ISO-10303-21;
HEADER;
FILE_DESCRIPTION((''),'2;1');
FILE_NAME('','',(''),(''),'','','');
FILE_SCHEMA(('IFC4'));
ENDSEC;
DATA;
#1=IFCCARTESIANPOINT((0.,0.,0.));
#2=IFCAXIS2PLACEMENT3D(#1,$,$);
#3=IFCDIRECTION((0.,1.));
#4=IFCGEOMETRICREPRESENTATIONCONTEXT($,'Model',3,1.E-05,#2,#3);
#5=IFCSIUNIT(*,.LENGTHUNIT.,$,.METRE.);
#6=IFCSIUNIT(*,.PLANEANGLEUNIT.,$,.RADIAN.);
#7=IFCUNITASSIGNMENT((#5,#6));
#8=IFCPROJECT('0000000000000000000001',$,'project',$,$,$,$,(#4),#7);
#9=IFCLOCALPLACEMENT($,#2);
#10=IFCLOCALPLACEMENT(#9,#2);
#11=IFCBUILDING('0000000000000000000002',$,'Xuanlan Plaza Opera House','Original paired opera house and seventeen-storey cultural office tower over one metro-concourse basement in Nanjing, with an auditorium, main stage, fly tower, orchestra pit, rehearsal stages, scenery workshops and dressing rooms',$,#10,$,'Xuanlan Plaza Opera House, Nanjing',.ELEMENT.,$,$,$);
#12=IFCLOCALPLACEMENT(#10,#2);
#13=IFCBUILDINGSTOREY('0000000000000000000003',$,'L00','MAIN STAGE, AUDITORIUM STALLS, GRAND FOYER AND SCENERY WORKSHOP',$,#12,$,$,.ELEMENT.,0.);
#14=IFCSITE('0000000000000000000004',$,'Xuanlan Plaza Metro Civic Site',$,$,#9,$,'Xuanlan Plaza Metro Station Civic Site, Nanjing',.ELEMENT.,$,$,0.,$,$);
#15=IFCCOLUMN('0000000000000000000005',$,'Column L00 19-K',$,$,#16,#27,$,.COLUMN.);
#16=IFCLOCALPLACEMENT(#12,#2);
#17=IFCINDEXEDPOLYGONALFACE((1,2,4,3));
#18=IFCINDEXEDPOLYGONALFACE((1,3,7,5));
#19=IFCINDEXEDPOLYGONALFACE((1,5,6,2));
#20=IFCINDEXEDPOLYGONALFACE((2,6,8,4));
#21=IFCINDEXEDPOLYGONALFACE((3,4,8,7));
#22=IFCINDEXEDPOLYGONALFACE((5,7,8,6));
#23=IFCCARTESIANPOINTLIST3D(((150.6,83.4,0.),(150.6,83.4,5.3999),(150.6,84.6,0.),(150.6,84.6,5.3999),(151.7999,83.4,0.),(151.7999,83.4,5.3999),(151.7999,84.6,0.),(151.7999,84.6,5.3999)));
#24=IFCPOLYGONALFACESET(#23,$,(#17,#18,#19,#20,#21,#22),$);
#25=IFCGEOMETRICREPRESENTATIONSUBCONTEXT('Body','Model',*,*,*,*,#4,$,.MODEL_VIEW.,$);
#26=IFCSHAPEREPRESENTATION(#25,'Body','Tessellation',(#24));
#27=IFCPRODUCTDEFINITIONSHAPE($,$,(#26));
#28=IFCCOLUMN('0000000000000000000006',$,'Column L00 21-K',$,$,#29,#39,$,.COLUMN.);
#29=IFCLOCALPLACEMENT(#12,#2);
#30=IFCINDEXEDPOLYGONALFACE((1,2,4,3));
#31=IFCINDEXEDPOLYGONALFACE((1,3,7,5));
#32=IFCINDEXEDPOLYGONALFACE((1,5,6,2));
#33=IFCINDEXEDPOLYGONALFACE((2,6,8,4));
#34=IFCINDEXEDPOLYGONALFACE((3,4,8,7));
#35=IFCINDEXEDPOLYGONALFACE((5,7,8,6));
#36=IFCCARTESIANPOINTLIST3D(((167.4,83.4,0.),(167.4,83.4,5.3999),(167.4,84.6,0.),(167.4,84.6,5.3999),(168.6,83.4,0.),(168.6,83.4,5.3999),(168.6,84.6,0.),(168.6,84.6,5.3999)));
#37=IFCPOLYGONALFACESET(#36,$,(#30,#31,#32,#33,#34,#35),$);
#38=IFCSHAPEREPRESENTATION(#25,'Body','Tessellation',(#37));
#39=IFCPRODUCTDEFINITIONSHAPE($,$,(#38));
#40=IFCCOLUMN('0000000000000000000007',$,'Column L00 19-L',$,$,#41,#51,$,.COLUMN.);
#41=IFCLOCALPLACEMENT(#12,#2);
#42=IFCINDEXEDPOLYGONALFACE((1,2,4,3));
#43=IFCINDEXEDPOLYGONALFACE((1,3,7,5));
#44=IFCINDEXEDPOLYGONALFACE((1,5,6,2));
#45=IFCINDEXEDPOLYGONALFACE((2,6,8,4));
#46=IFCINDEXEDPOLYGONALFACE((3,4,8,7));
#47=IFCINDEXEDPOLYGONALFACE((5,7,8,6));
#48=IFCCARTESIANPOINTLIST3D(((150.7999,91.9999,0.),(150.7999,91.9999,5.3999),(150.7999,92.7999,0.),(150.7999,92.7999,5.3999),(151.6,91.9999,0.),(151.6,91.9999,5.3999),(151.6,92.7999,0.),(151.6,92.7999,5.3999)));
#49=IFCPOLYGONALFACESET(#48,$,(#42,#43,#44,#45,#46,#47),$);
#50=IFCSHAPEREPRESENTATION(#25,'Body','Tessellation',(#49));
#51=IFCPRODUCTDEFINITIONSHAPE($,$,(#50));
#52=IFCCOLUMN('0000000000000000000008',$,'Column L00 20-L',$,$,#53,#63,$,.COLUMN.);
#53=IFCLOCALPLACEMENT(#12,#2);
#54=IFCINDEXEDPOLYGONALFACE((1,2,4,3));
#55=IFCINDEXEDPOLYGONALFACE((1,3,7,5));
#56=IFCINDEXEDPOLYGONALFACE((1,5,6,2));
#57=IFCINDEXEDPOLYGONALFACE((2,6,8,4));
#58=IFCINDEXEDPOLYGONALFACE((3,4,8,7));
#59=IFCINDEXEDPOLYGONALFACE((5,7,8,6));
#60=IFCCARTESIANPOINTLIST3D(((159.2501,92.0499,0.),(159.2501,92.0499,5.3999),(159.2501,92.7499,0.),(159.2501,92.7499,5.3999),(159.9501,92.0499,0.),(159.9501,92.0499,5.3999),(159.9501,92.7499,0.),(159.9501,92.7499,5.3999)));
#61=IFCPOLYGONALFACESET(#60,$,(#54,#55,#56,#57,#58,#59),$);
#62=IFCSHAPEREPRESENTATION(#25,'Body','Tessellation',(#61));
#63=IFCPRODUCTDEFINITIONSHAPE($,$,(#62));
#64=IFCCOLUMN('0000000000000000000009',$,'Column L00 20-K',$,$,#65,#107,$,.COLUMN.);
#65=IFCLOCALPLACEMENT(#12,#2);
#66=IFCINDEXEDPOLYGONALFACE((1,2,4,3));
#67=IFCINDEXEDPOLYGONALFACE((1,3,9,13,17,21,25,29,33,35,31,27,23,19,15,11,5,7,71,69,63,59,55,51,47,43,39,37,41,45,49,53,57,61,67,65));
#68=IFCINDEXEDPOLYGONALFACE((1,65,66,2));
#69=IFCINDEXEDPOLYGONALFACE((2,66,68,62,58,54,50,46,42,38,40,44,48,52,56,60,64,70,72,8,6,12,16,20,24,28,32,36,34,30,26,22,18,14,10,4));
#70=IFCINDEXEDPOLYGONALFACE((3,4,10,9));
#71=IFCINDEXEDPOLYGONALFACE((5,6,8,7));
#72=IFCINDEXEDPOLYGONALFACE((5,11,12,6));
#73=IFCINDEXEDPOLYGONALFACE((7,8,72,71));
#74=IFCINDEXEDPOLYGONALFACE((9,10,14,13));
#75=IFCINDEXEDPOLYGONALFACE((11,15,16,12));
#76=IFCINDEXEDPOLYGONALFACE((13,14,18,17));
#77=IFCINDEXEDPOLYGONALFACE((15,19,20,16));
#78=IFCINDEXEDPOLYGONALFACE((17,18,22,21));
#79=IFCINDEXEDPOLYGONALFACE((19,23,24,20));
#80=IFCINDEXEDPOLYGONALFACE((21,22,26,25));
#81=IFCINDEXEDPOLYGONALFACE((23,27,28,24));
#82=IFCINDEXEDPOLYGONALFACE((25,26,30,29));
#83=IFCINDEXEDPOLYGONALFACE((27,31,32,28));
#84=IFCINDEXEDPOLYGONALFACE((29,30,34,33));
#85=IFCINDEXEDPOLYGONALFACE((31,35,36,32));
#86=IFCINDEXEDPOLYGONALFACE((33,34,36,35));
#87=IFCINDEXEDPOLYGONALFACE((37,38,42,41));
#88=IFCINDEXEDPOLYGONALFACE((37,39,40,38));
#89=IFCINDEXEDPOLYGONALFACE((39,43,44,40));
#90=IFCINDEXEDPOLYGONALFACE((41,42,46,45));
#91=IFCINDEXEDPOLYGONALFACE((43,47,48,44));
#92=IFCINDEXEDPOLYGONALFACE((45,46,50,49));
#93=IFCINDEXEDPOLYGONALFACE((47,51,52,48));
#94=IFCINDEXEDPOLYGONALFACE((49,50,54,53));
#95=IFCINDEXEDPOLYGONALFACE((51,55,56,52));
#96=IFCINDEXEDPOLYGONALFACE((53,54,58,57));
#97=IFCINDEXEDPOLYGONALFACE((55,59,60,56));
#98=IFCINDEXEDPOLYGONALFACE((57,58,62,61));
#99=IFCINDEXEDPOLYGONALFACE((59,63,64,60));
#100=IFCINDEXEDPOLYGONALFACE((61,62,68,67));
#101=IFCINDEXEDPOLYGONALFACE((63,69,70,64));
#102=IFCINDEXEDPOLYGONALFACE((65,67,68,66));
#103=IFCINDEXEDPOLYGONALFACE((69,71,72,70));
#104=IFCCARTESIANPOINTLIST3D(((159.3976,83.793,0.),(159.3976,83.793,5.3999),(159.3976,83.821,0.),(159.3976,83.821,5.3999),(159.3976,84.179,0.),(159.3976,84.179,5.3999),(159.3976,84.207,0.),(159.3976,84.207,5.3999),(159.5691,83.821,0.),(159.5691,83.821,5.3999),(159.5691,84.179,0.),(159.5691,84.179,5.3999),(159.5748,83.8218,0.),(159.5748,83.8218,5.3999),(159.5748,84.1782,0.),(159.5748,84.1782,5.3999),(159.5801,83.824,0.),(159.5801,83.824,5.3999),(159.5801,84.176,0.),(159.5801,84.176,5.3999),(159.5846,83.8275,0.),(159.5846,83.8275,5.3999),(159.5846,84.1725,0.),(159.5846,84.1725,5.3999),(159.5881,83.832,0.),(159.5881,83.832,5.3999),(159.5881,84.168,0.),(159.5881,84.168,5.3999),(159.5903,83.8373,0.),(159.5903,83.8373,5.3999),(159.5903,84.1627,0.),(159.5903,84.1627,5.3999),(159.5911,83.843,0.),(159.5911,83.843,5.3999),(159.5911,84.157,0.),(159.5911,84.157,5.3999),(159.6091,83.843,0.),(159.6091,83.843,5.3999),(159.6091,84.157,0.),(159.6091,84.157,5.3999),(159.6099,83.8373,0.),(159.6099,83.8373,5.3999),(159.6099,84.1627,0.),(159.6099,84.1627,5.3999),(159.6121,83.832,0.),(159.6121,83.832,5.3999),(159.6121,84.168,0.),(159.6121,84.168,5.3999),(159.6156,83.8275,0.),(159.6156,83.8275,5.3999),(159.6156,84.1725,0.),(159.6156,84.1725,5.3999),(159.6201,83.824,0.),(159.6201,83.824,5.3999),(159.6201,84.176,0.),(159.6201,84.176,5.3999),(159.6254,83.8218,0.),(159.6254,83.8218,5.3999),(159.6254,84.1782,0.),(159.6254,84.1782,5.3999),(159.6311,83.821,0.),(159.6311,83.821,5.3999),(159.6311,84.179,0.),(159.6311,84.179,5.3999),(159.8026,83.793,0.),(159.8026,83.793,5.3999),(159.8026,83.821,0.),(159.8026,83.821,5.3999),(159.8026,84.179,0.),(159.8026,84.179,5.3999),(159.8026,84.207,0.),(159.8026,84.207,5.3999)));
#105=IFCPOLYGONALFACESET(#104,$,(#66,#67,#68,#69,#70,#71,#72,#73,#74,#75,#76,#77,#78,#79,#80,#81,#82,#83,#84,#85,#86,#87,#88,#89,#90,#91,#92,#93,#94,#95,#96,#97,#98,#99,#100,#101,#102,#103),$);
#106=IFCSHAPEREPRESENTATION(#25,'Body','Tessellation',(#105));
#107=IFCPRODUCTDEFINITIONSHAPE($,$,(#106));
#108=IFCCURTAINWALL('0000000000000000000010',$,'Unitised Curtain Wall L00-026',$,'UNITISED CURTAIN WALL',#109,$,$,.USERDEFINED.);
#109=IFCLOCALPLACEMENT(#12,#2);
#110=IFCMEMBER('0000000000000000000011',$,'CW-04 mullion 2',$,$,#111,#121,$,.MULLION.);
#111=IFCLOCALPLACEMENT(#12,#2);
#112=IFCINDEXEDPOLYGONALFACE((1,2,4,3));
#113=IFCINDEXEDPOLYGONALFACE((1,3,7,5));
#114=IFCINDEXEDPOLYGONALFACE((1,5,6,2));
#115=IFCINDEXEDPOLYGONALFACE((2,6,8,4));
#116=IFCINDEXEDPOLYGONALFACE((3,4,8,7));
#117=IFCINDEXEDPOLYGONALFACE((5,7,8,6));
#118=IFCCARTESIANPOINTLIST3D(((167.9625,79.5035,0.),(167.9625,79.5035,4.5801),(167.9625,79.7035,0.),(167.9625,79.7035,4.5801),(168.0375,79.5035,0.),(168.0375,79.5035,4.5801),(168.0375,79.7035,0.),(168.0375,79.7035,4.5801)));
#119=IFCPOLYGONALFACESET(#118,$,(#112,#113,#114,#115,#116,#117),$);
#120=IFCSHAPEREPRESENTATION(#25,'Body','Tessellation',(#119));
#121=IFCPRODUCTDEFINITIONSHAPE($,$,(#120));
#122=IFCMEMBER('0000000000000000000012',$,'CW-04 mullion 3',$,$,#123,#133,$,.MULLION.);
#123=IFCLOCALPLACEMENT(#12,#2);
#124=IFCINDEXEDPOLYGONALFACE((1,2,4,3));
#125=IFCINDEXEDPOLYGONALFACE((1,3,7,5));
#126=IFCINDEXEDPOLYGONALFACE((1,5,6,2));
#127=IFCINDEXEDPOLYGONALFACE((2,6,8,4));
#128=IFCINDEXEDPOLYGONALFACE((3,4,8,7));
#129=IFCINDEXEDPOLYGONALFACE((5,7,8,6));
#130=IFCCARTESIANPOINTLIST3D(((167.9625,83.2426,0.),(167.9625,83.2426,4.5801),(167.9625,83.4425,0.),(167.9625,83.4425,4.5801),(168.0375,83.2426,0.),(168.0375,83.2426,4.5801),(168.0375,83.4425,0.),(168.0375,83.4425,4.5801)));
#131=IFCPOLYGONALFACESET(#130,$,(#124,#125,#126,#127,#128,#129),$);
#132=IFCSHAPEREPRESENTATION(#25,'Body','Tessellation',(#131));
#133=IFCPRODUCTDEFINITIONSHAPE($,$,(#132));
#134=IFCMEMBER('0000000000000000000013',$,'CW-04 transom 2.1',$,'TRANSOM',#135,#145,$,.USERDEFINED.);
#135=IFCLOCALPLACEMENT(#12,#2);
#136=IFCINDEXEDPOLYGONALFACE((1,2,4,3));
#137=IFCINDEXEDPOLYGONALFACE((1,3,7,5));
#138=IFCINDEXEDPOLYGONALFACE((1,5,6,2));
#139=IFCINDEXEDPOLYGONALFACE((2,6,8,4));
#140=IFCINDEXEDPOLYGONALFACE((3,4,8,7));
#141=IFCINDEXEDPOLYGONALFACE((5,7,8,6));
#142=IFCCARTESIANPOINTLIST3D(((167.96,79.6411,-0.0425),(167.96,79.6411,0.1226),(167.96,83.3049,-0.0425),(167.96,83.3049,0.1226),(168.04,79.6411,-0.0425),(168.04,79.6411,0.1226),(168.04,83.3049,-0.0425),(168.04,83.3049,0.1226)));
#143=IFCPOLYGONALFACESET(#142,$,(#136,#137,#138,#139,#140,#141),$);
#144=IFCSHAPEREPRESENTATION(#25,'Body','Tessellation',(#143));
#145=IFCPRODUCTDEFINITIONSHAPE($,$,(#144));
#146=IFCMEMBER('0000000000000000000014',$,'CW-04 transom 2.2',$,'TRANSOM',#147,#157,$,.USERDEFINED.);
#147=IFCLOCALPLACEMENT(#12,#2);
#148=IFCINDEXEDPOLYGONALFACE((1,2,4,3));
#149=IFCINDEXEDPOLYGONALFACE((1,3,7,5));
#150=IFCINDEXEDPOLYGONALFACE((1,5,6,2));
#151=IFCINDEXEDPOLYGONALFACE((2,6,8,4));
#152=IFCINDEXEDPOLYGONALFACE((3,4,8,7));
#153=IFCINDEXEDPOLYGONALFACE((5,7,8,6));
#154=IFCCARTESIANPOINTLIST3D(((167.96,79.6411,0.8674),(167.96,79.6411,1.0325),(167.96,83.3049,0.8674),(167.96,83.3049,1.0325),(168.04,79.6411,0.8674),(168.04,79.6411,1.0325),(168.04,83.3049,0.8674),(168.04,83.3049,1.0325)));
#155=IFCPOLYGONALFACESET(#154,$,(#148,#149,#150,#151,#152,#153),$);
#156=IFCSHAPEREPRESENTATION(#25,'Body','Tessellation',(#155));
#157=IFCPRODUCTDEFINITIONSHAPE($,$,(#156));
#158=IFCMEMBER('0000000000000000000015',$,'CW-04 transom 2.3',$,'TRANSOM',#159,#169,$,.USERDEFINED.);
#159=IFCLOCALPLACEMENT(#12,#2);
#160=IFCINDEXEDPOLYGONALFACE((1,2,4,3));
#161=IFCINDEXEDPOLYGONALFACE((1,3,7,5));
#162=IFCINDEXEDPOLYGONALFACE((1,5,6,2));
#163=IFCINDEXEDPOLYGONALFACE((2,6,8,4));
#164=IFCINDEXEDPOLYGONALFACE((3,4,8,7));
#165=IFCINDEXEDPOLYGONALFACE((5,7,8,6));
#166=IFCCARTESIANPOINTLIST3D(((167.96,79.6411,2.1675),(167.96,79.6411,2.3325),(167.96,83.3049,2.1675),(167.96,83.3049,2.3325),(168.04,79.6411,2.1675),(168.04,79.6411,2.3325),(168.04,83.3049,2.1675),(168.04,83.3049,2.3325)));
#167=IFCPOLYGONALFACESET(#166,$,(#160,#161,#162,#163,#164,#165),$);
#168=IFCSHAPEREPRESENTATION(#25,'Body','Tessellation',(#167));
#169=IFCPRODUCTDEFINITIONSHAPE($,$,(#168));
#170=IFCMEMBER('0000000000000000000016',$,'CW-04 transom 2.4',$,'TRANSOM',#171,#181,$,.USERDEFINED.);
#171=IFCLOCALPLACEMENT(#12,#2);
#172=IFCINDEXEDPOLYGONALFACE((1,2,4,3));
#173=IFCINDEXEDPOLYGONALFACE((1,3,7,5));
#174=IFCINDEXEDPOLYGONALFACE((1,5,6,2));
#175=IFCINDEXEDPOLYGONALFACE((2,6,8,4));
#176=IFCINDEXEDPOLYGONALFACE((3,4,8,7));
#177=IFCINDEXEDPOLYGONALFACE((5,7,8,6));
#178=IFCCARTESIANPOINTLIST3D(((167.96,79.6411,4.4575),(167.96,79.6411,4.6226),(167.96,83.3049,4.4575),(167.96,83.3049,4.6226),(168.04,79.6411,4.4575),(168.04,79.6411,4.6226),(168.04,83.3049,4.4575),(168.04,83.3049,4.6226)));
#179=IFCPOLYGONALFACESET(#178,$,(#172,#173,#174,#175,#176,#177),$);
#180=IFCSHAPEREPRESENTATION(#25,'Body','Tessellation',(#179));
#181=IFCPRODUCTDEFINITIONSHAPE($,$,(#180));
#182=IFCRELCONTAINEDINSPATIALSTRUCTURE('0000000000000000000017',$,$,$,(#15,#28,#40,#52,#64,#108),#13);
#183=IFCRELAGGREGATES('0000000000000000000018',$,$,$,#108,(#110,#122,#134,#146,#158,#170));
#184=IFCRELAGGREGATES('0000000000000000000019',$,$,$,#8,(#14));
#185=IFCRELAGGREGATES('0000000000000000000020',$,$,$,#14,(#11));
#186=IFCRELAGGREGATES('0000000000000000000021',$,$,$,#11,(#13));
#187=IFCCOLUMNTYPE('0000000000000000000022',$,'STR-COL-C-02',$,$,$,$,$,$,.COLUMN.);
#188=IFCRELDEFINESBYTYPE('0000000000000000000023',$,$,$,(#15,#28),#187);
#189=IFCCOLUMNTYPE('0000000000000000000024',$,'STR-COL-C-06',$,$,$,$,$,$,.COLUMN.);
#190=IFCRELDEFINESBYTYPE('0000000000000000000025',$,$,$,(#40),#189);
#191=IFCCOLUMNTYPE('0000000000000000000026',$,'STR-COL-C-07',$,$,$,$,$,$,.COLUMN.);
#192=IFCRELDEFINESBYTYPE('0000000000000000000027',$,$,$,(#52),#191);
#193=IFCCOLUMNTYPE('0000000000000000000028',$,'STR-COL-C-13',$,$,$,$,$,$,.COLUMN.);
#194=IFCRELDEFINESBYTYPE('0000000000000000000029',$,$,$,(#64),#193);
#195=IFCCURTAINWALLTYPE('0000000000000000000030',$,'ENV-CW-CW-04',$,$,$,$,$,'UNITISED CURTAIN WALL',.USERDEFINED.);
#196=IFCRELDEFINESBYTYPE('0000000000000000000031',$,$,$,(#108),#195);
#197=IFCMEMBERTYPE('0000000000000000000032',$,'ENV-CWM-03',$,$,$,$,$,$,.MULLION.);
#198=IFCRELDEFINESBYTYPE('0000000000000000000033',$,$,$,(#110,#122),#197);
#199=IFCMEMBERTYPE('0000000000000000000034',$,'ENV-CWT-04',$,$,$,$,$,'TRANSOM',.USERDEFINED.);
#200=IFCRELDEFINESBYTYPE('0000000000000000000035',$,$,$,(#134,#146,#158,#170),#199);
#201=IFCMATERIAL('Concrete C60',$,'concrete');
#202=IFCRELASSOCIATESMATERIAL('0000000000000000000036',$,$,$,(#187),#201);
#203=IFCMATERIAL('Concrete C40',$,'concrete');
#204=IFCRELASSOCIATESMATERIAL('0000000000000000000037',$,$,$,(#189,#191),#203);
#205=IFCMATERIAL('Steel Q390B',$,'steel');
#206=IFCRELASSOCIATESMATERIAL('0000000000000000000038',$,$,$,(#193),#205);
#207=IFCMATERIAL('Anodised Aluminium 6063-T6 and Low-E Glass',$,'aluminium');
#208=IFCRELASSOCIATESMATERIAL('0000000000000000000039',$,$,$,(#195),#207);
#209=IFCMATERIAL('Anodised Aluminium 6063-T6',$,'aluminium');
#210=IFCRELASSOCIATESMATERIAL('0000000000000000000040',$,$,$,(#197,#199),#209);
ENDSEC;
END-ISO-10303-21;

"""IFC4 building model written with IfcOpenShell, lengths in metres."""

from ifc_helpers import new_model, si_unit, direction, frame, origin, origin_2d, place, context, subcontext, project, spatial, rectangle, i_section, extrude, material, material_profile, profile_set, type_object, element, aggregate, save


model = new_model("IFC4")

# Units and contexts
model_context = context("Model", 3, precision=1e-05, world=origin(), true_north=direction((0.0, 1.0)))
body_context = subcontext(model_context, "Body", "Model", "MODEL_VIEW")
ifc_project = project(units=[si_unit("LENGTHUNIT", "METRE"), si_unit("PLANEANGLEUNIT", "RADIAN")], contexts=[model_context])

# Site, building, storey
site_placement = place(None, origin())
site = spatial("IfcSite", under=ifc_project, at=site_placement, Name="Xuanlan Plaza Metro Civic Site", LongName="Xuanlan Plaza Metro Station Civic Site, Nanjing", CompositionType="ELEMENT", RefElevation=0.0)
building_placement = place(site_placement, origin())
building = spatial("IfcBuilding", under=site, at=building_placement, Name="Xuanlan Plaza Opera House", Description="Original paired opera house and seventeen-storey cultural office tower over one metro-concourse basement in Nanjing, with an auditorium, main stage, fly tower, orchestra pit, rehearsal stages, scenery workshops and dressing rooms", LongName="Xuanlan Plaza Opera House, Nanjing", CompositionType="ELEMENT")
storey_placement = place(building_placement, origin())
storey = spatial("IfcBuildingStorey", under=building, at=storey_placement, Name="L00", Description="MAIN STAGE, AUDITORIUM STALLS, GRAND FOYER AND SCENERY WORKSHOP", CompositionType="ELEMENT", Elevation=0.0)

# Columns
ifc_material_1 = material(Name="Concrete C60", Category="concrete")
ifc_material_profile_1 = material_profile(ifc_material_1, rectangle(XDim=1.2, YDim=1.2, at=origin_2d()), Name="RC-COL 1200x1200")
ifc_profile_set_1 = profile_set([ifc_material_profile_1], Name="Concrete C60")
column_type_1 = type_object("IfcColumnType", Name="STR-COL-C-02", PredefinedType="COLUMN", material=ifc_profile_set_1)
for number, where, z_axis, x_axis, name in (
    (1, (151.2, 84.0, 0.0), (0.0, 0.0, 1.0), (1.0, 0.0, 0.0), "Column L00 19-K"),
    (2, (168.0, 84.0, 0.0), (0.0, 0.0, 1.0), (1.0, 0.0, 0.0), "Column L00 21-K"),
):
    element("IfcColumn", number, at=place(storey_placement, frame(where, z_axis=z_axis, x_axis=x_axis)), inside=storey, type_object=column_type_1, Name=name, PredefinedType="COLUMN", context=body_context, shape_type="SweptSolid", body=[
        extrude(rectangle(XDim=1.2, YDim=1.2, at=origin_2d()), origin(), (0.0, 0.0, 1.0), 5.3999),
    ])
ifc_material_2 = material(Name="Concrete C40", Category="concrete")
ifc_material_profile_2 = material_profile(ifc_material_2, rectangle(XDim=0.8, YDim=0.8, at=origin_2d()), Name="RC-COL 800x800")
ifc_profile_set_2 = profile_set([ifc_material_profile_2], Name="Concrete C40")
column_type_2 = type_object("IfcColumnType", Name="STR-COL-C-06", PredefinedType="COLUMN", material=ifc_profile_set_2)
column_1_placement = place(storey_placement, frame((151.2, 92.3999, 0.0), z_axis=(0.0, 0.0, 1.0), x_axis=(1.0, 0.0, 0.0)))
element("IfcColumn", 3, at=column_1_placement, inside=storey, type_object=column_type_2, Name="Column L00 19-L", PredefinedType="COLUMN", context=body_context, shape_type="SweptSolid", body=[
    extrude(rectangle(XDim=0.8, YDim=0.8, at=origin_2d()), origin(), (0.0, 0.0, 1.0), 5.3999),
])
ifc_material_profile_3 = material_profile(ifc_material_2, rectangle(XDim=0.7, YDim=0.7, at=origin_2d()), Name="RC-COL 700x700")
ifc_profile_set_3 = profile_set([ifc_material_profile_3], Name="Concrete C40")
column_type_3 = type_object("IfcColumnType", Name="STR-COL-C-07", PredefinedType="COLUMN", material=ifc_profile_set_3)
column_2_placement = place(storey_placement, frame((159.6001, 92.3999, 0.0), z_axis=(0.0, 0.0, 1.0), x_axis=(1.0, 0.0, 0.0)))
element("IfcColumn", 4, at=column_2_placement, inside=storey, type_object=column_type_3, Name="Column L00 20-L", PredefinedType="COLUMN", context=body_context, shape_type="SweptSolid", body=[
    extrude(rectangle(XDim=0.7, YDim=0.7, at=origin_2d()), origin(), (0.0, 0.0, 1.0), 5.3999),
])
ifc_material_3 = material(Name="Steel Q390B", Category="steel")
ifc_material_profile_4 = material_profile(ifc_material_3, i_section(OverallWidth=0.405, OverallDepth=0.4141, WebThickness=0.0181, FlangeThickness=0.0281, FilletRadius=0.022, at=origin_2d()), Name="HW 414x405x18x28")
ifc_profile_set_4 = profile_set([ifc_material_profile_4], Name="Steel Q390B")
column_type_4 = type_object("IfcColumnType", Name="STR-COL-C-13", PredefinedType="COLUMN", material=ifc_profile_set_4)
column_3_placement = place(storey_placement, frame((159.6001, 84.0, 0.0), z_axis=(0.0, 0.0, 1.0), x_axis=(1.0, 0.0, 0.0)))
element("IfcColumn", 5, at=column_3_placement, inside=storey, type_object=column_type_4, Name="Column L00 20-K", PredefinedType="COLUMN", context=body_context, shape_type="SweptSolid", body=[
    extrude(i_section(OverallWidth=0.405, OverallDepth=0.4141, WebThickness=0.0181, FlangeThickness=0.0281, FilletRadius=0.022, at=origin_2d()), origin(), (0.0, 0.0, 1.0), 5.3999),
])

# Curtain wall, members
ifc_material_4 = material(Name="Anodised Aluminium 6063-T6 and Low-E Glass", Category="aluminium")
curtain_wall_type = type_object("IfcCurtainWallType", Name="ENV-CW-CW-04", ElementType="UNITISED CURTAIN WALL", PredefinedType="USERDEFINED", material=ifc_material_4)
curtain_wall_placement = place(storey_placement, origin())
curtain_wall = element("IfcCurtainWall", 6, at=curtain_wall_placement, inside=storey, type_object=curtain_wall_type, Name="Unitised Curtain Wall L00-026", ObjectType="UNITISED CURTAIN WALL", PredefinedType="USERDEFINED")
ifc_material_5 = material(Name="Anodised Aluminium 6063-T6", Category="aluminium")
ifc_material_profile_5 = material_profile(ifc_material_5, rectangle(XDim=0.075, YDim=0.2, at=origin_2d()), Name="ALU-M 75x200")
ifc_profile_set_5 = profile_set([ifc_material_profile_5], Name="Anodised Aluminium 6063-T6")
member_type_1 = type_object("IfcMemberType", Name="ENV-CWM-03", PredefinedType="MULLION", material=ifc_profile_set_5)
member_1_placement = place(storey_placement, frame((168.0, 79.6035, 0.0), z_axis=(0.0, 0.0, 1.0), x_axis=(-1.0, 0.0, 0.0)))
member_1 = element("IfcMember", 7, at=member_1_placement, type_object=member_type_1, Name="CW-04 mullion 2", PredefinedType="MULLION", context=body_context, shape_type="SweptSolid", body=[
    extrude(rectangle(XDim=0.075, YDim=0.2, at=origin_2d()), origin(), (0.0, 0.0, 1.0), 4.5801),
])
member_2_placement = place(storey_placement, frame((168.0, 83.3425, 0.0), z_axis=(0.0, 0.0, 1.0), x_axis=(-1.0, 0.0, 0.0)))
member_2 = element("IfcMember", 8, at=member_2_placement, type_object=member_type_1, Name="CW-04 mullion 3", PredefinedType="MULLION", context=body_context, shape_type="SweptSolid", body=[
    extrude(rectangle(XDim=0.075, YDim=0.2, at=origin_2d()), origin(), (0.0, 0.0, 1.0), 4.5801),
])
ifc_material_profile_6 = material_profile(ifc_material_5, rectangle(XDim=0.0801, YDim=0.165, at=origin_2d()), Name="ALU-T 80x165")
ifc_profile_set_6 = profile_set([ifc_material_profile_6], Name="Anodised Aluminium 6063-T6")
member_type_2 = type_object("IfcMemberType", Name="ENV-CWT-04", ElementType="TRANSOM", PredefinedType="USERDEFINED", material=ifc_profile_set_6)
member_3_placement = place(storey_placement, frame((168.0, 79.6411, 0.04), z_axis=(0.0, 1.0, 0.0), x_axis=(-1.0, 0.0, 0.0)))
member_3 = element("IfcMember", 9, at=member_3_placement, type_object=member_type_2, Name="CW-04 transom 2.1", ObjectType="TRANSOM", PredefinedType="USERDEFINED", context=body_context, shape_type="SweptSolid", body=[
    extrude(rectangle(XDim=0.0801, YDim=0.165, at=origin_2d()), origin(), (0.0, 0.0, 1.0), 3.6638),
])
member_4_placement = place(storey_placement, frame((168.0, 79.6411, 0.95), z_axis=(0.0, 1.0, 0.0), x_axis=(-1.0, 0.0, 0.0)))
member_4 = element("IfcMember", 10, at=member_4_placement, type_object=member_type_2, Name="CW-04 transom 2.2", ObjectType="TRANSOM", PredefinedType="USERDEFINED", context=body_context, shape_type="SweptSolid", body=[
    extrude(rectangle(XDim=0.0801, YDim=0.165, at=origin_2d()), origin(), (0.0, 0.0, 1.0), 3.6638),
])
member_5_placement = place(storey_placement, frame((168.0, 79.6411, 2.25), z_axis=(0.0, 1.0, 0.0), x_axis=(-1.0, 0.0, 0.0)))
member_5 = element("IfcMember", 11, at=member_5_placement, type_object=member_type_2, Name="CW-04 transom 2.3", ObjectType="TRANSOM", PredefinedType="USERDEFINED", context=body_context, shape_type="SweptSolid", body=[
    extrude(rectangle(XDim=0.0801, YDim=0.165, at=origin_2d()), origin(), (0.0, 0.0, 1.0), 3.6638),
])
member_6_placement = place(storey_placement, frame((168.0, 79.6411, 4.54), z_axis=(0.0, 1.0, 0.0), x_axis=(-1.0, 0.0, 0.0)))
member_6 = element("IfcMember", 12, at=member_6_placement, type_object=member_type_2, Name="CW-04 transom 2.4", ObjectType="TRANSOM", PredefinedType="USERDEFINED", context=body_context, shape_type="SweptSolid", body=[
    extrude(rectangle(XDim=0.0801, YDim=0.165, at=origin_2d()), origin(), (0.0, 0.0, 1.0), 3.6638),
])

aggregate(curtain_wall, [member_1, member_2, member_3, member_4, member_5, member_6])

save(model, "model.ifc")
